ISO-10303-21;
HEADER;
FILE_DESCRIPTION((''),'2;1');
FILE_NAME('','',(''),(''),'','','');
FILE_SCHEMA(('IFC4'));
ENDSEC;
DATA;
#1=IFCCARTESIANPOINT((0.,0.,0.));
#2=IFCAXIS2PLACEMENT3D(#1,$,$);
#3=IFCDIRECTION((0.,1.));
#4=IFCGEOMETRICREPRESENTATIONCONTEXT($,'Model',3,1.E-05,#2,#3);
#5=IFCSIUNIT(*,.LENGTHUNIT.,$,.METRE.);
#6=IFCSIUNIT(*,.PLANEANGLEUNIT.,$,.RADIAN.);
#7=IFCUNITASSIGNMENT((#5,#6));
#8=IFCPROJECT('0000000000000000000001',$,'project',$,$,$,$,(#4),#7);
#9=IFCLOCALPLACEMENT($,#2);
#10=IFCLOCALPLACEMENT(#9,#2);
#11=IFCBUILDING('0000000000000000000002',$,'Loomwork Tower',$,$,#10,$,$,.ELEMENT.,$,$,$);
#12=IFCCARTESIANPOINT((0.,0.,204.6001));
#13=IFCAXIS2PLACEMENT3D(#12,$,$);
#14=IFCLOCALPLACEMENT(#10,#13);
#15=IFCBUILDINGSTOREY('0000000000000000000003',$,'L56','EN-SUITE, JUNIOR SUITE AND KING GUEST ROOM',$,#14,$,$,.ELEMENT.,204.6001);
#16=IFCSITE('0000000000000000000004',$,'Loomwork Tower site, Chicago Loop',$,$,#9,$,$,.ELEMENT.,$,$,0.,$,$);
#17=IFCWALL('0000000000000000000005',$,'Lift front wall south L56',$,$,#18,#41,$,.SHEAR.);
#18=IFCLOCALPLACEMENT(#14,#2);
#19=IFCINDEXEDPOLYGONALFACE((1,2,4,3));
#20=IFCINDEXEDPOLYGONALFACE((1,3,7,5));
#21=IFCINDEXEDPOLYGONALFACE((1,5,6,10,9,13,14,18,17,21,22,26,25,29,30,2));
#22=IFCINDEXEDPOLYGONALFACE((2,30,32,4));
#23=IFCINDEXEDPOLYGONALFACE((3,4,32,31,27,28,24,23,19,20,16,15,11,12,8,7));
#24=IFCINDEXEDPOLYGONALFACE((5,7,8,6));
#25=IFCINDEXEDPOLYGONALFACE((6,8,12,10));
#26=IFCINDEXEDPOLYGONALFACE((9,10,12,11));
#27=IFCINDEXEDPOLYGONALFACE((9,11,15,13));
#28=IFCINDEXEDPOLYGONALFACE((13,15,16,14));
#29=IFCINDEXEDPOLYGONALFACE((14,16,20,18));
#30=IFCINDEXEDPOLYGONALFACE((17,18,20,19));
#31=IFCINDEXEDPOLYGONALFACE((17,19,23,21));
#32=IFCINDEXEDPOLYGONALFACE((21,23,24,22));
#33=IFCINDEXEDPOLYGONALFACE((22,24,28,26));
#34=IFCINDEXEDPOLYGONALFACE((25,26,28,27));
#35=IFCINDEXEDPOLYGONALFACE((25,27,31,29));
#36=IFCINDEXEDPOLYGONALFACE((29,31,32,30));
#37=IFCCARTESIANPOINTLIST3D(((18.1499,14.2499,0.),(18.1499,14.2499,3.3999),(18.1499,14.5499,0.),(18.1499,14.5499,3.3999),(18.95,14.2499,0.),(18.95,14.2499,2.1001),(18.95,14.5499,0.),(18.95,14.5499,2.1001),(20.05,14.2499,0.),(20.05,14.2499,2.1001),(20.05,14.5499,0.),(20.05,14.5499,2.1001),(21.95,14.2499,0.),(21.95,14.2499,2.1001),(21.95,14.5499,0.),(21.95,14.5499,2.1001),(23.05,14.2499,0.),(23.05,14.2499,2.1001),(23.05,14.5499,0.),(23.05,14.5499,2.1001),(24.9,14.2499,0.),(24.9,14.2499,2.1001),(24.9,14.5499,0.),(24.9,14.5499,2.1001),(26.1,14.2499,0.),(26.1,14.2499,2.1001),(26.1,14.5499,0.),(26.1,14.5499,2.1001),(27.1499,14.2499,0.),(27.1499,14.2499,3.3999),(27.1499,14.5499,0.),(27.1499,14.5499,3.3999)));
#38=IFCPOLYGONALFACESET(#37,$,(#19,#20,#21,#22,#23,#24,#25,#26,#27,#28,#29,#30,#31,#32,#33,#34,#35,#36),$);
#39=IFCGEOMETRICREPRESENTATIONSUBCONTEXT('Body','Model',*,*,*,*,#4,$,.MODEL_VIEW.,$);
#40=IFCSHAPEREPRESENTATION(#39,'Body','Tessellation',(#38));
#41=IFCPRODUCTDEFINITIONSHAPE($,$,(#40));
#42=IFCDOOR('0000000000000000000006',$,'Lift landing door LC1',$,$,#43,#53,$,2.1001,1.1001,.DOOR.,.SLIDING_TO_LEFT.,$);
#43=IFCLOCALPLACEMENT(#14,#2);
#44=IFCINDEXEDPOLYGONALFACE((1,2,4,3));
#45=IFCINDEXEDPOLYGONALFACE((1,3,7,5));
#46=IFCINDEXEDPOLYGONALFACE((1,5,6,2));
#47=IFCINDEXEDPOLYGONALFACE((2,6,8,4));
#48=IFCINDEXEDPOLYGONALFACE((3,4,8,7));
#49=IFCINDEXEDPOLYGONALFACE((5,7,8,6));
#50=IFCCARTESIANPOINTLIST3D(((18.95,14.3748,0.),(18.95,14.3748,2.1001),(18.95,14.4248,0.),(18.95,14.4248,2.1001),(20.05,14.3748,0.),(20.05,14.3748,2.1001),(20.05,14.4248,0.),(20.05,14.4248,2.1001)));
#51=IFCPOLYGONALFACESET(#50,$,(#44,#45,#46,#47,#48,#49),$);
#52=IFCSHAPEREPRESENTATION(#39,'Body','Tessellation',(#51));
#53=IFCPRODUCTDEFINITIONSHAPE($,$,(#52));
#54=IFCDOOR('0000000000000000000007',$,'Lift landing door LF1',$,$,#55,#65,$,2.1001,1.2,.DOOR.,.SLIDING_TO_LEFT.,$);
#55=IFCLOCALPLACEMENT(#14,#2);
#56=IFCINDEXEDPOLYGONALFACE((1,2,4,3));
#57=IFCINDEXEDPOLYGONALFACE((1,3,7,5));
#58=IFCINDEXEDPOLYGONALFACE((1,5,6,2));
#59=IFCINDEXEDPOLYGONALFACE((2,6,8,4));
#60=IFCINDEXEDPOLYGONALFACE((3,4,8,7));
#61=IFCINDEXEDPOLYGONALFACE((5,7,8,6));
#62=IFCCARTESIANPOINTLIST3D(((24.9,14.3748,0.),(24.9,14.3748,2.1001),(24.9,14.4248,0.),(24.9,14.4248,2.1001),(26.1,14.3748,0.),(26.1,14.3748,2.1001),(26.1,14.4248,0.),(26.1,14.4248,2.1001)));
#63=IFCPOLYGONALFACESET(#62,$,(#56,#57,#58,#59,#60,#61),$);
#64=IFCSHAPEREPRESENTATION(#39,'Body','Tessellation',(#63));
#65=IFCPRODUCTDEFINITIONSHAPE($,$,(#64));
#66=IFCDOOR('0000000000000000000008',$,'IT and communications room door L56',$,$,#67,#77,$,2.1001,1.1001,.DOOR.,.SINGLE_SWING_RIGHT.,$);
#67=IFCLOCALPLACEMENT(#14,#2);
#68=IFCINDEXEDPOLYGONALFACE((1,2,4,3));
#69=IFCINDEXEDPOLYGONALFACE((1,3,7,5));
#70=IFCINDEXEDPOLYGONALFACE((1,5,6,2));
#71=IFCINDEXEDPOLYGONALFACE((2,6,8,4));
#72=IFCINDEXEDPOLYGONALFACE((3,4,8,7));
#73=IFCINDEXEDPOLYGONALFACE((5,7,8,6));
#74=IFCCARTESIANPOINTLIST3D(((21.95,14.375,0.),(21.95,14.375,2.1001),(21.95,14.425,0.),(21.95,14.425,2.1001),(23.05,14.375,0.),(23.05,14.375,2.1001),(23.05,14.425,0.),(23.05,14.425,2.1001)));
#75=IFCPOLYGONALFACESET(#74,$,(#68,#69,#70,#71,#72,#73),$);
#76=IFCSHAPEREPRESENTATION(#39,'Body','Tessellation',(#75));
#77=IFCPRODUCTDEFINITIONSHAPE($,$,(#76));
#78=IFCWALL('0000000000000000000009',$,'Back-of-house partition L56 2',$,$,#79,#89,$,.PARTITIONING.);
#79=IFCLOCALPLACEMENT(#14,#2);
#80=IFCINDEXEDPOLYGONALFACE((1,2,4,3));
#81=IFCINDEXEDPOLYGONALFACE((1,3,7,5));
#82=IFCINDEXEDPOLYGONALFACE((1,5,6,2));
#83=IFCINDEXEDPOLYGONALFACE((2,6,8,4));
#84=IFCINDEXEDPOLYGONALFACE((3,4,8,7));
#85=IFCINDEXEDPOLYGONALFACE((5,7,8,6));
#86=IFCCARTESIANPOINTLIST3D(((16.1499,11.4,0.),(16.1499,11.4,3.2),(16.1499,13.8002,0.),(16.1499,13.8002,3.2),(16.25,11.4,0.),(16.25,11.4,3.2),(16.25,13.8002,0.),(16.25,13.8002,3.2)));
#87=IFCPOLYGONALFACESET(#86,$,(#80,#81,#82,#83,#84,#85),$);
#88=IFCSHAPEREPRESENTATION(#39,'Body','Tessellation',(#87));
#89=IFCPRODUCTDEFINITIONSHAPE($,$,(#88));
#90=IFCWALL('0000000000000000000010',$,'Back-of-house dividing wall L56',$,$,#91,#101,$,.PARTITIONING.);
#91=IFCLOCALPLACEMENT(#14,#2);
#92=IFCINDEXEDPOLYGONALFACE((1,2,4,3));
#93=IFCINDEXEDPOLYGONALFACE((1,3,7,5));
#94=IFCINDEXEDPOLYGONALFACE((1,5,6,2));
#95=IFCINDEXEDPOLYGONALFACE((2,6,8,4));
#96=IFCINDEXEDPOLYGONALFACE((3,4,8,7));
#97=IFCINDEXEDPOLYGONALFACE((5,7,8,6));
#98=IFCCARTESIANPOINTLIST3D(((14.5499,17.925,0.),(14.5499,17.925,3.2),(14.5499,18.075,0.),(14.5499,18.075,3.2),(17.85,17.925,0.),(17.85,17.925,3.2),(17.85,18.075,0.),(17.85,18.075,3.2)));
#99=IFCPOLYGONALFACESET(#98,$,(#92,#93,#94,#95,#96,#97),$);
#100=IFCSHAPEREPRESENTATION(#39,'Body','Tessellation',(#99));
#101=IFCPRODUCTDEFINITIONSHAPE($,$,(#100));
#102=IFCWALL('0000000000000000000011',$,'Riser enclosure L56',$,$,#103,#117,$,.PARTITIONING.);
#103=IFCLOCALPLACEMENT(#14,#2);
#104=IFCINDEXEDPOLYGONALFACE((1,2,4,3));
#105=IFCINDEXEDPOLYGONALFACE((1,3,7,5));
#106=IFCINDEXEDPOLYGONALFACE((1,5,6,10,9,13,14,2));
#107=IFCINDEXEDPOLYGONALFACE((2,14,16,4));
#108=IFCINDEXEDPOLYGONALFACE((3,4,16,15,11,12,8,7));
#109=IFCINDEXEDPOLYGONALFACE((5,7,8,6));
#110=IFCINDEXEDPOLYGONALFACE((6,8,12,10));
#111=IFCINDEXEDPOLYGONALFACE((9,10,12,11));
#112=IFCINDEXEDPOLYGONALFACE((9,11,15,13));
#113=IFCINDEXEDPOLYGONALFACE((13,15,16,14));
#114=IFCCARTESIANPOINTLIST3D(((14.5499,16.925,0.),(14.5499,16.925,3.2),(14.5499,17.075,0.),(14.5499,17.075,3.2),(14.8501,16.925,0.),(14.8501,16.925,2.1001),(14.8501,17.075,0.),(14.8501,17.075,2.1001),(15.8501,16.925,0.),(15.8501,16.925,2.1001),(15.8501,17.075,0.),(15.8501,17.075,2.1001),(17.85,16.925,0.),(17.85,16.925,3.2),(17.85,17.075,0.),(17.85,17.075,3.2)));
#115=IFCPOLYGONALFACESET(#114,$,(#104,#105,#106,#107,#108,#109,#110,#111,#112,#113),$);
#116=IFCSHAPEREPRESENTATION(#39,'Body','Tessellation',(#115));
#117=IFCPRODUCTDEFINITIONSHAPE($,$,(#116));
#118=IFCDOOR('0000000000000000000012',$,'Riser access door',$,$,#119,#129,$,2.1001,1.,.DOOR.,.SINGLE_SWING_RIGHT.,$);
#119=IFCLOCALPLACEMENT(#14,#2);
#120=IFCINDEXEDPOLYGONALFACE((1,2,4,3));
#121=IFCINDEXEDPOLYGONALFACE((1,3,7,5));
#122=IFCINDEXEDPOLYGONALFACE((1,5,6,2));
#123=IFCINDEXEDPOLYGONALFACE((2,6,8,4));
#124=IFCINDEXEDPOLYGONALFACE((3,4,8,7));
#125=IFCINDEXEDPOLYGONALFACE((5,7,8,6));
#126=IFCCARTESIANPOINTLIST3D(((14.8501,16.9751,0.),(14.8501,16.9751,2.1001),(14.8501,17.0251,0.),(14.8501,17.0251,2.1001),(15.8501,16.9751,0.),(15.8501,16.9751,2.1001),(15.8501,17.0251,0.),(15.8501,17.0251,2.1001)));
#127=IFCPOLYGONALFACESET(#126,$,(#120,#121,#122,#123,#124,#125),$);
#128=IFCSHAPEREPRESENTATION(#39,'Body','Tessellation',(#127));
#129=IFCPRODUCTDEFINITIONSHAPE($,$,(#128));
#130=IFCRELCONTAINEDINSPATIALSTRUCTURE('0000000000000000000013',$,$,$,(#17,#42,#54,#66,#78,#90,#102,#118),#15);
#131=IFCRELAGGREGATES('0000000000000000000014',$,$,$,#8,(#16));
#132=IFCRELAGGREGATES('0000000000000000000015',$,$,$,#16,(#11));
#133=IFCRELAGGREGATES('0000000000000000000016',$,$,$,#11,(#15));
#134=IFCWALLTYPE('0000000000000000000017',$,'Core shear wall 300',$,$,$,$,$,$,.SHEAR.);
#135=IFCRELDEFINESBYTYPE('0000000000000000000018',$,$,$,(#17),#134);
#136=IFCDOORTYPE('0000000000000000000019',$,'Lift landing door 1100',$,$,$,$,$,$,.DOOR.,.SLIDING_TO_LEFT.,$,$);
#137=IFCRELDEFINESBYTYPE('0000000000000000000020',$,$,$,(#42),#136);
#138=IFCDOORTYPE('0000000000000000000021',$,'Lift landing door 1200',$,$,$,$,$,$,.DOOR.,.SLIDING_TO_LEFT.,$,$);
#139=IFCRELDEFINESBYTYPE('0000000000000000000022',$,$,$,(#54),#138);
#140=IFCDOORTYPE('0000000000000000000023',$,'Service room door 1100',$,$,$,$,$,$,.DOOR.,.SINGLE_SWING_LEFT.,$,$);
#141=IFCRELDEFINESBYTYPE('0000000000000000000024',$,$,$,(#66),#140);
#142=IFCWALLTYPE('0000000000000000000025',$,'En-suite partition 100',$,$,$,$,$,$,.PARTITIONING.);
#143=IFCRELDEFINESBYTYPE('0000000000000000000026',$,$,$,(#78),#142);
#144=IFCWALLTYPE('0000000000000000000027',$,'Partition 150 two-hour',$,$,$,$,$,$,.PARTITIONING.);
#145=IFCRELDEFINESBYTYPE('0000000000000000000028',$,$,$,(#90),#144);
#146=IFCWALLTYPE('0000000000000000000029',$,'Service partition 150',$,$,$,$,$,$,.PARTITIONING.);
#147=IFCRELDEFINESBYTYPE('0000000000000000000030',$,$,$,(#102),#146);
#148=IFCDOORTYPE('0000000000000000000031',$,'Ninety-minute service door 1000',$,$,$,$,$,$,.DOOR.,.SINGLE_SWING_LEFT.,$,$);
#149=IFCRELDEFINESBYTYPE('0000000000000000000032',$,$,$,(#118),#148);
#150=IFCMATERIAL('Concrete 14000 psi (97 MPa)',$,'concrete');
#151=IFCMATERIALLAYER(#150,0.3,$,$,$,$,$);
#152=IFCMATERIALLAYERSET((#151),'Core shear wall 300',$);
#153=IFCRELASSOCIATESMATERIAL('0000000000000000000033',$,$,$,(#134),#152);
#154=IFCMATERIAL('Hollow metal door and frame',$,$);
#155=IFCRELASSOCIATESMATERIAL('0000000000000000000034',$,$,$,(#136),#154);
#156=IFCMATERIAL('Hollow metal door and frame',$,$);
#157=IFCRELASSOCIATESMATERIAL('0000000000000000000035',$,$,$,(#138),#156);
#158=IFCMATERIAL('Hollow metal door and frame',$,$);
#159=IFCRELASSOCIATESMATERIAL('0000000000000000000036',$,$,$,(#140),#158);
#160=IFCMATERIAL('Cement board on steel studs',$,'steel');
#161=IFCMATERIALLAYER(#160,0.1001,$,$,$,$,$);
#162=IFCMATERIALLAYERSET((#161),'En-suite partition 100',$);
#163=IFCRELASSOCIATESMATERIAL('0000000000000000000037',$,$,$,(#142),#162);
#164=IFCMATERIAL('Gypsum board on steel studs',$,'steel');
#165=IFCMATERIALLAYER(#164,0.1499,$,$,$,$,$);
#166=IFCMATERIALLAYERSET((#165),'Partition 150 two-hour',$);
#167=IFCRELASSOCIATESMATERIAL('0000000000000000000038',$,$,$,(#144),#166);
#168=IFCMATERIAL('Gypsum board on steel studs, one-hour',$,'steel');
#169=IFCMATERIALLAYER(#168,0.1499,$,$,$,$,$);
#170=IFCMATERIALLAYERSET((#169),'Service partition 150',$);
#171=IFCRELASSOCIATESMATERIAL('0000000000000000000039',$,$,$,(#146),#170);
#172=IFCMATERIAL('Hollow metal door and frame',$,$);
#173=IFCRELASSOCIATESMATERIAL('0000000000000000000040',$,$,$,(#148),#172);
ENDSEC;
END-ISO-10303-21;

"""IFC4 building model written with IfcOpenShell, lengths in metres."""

from ifc_helpers import new_model, si_unit, direction, frame, frame_2d, origin, place, context, subcontext, project, spatial, rectangle, extrude, material, layer, layer_set, type_object, element, fill, save


model = new_model("IFC4")

# Units and contexts
model_context = context("Model", 3, precision=1e-05, world=origin(), true_north=direction((0.0, 1.0)))
body_context = subcontext(model_context, "Body", "Model", "MODEL_VIEW")
ifc_project = project(units=[si_unit("LENGTHUNIT", "METRE"), si_unit("PLANEANGLEUNIT", "RADIAN")], contexts=[model_context])

# Site, building, storey
site_placement = place(None, origin())
site = spatial("IfcSite", under=ifc_project, at=site_placement, Name="Loomwork Tower site, Chicago Loop", CompositionType="ELEMENT", RefElevation=0.0)
building_placement = place(site_placement, origin())
building = spatial("IfcBuilding", under=site, at=building_placement, Name="Loomwork Tower", CompositionType="ELEMENT")
storey_placement = place(building_placement, frame((0.0, 0.0, 204.6001)))
storey = spatial("IfcBuildingStorey", under=building, at=storey_placement, Name="L56", Description="EN-SUITE, JUNIOR SUITE AND KING GUEST ROOM", CompositionType="ELEMENT", Elevation=204.6001)

# Shared definitions
ifc_material_1 = material(Name="Concrete 14000 psi (97 MPa)", Category="concrete")
ifc_layer_1 = layer(ifc_material_1, 0.3)
ifc_layer_set_1 = layer_set([ifc_layer_1], Name="Core shear wall 300")
wall_type_1 = type_object("IfcWallType", Name="Core shear wall 300", PredefinedType="SHEAR", material=ifc_layer_set_1)

# Wall, openings, doors
ifc_material_2 = material(Name="Hollow metal door and frame")
door_type_1 = type_object("IfcDoorType", Name="Lift landing door 1100", OperationType="SLIDING_TO_LEFT", PredefinedType="DOOR", material=ifc_material_2)
wall_1_placement = place(storey_placement, frame((18.1499, 14.3999, 0.0), z_axis=(0.0, 0.0, 1.0), x_axis=(1.0, 0.0, 0.0)))
wall_1 = element("IfcWall", 1, at=wall_1_placement, inside=storey, type_object=wall_type_1, Name="Lift front wall south L56", PredefinedType="SHEAR", context=body_context, shape_type="SweptSolid", body=[
    extrude(rectangle(XDim=9.0, YDim=0.3, at=frame_2d((4.5, 0.0))), origin(), (0.0, 0.0, 1.0), 3.3999),
])
opening_1_placement = place(wall_1_placement, frame((0.8, 0.0, 0.0)))
opening_1 = element("IfcOpeningElement", 2, at=opening_1_placement, cuts=wall_1, PredefinedType="OPENING", context=body_context, shape_type="SweptSolid", body=[
    extrude(rectangle(XDim=1.1001, YDim=2.1001, at=frame_2d((0.55, 1.05))), frame((0.0, 0.1599, 0.0), z_axis=(0.0, -1.0, 0.0), x_axis=(1.0, 0.0, 0.0)), (0.0, 0.0, 1.0), 0.3201),
])
opening_2_placement = place(wall_1_placement, frame((6.75, 0.0, 0.0)))
opening_2 = element("IfcOpeningElement", 3, at=opening_2_placement, cuts=wall_1, PredefinedType="OPENING", context=body_context, shape_type="SweptSolid", body=[
    extrude(rectangle(XDim=1.2, YDim=2.1001, at=frame_2d((0.6001, 1.05))), frame((0.0, 0.1599, 0.0), z_axis=(0.0, -1.0, 0.0), x_axis=(1.0, 0.0, 0.0)), (0.0, 0.0, 1.0), 0.3201),
])
opening_3_placement = place(wall_1_placement, frame((3.8, 0.0, 0.0)))
opening_3 = element("IfcOpeningElement", 4, at=opening_3_placement, cuts=wall_1, PredefinedType="OPENING", context=body_context, shape_type="SweptSolid", body=[
    extrude(rectangle(XDim=1.1001, YDim=2.1001, at=frame_2d((0.55, 1.05))), frame((0.0, 0.1599, 0.0), z_axis=(0.0, -1.0, 0.0), x_axis=(1.0, 0.0, 0.0)), (0.0, 0.0, 1.0), 0.3201),
])
door_1_placement = place(opening_1_placement, origin())
door_1 = element("IfcDoor", 5, at=door_1_placement, inside=storey, type_object=door_type_1, Name="Lift landing door LC1", OperationType="SLIDING_TO_LEFT", OverallHeight=2.1001, OverallWidth=1.1001, PredefinedType="DOOR", context=body_context, shape_type="SweptSolid", body=[
    extrude(rectangle(XDim=1.1001, YDim=2.1001, at=frame_2d((0.55, 1.05))), frame((0.0, 0.0249, 0.0), z_axis=(0.0, -1.0, 0.0), x_axis=(1.0, 0.0, 0.0)), (0.0, 0.0, 1.0), 0.05),
])
fill(opening_1, door_1)
ifc_material_3 = material(Name="Hollow metal door and frame")
door_type_2 = type_object("IfcDoorType", Name="Lift landing door 1200", OperationType="SLIDING_TO_LEFT", PredefinedType="DOOR", material=ifc_material_3)
door_2_placement = place(opening_2_placement, origin())
door_2 = element("IfcDoor", 6, at=door_2_placement, inside=storey, type_object=door_type_2, Name="Lift landing door LF1", OperationType="SLIDING_TO_LEFT", OverallHeight=2.1001, OverallWidth=1.2, PredefinedType="DOOR", context=body_context, shape_type="SweptSolid", body=[
    extrude(rectangle(XDim=1.2, YDim=2.1001, at=frame_2d((0.6001, 1.05))), frame((0.0, 0.0249, 0.0), z_axis=(0.0, -1.0, 0.0), x_axis=(1.0, 0.0, 0.0)), (0.0, 0.0, 1.0), 0.05),
])
fill(opening_2, door_2)
ifc_material_4 = material(Name="Hollow metal door and frame")
door_type_3 = type_object("IfcDoorType", Name="Service room door 1100", OperationType="SINGLE_SWING_LEFT", PredefinedType="DOOR", material=ifc_material_4)
door_3_placement = place(opening_3_placement, frame((1.1001, 0.0, 0.0), z_axis=(0.0, 0.0, 1.0), x_axis=(-1.0, 0.0, 0.0)))
door_3 = element("IfcDoor", 7, at=door_3_placement, inside=storey, type_object=door_type_3, Name="IT and communications room door L56", OperationType="SINGLE_SWING_RIGHT", OverallHeight=2.1001, OverallWidth=1.1001, PredefinedType="DOOR", context=body_context, shape_type="SweptSolid", body=[
    extrude(rectangle(XDim=1.1001, YDim=2.1001, at=frame_2d((0.55, 1.05))), frame((0.0, 0.0249, 0.0), z_axis=(0.0, -1.0, 0.0), x_axis=(1.0, 0.0, 0.0)), (0.0, 0.0, 1.0), 0.05),
])
fill(opening_3, door_3)

# Walls
ifc_material_5 = material(Name="Cement board on steel studs", Category="steel")
ifc_layer_2 = layer(ifc_material_5, 0.1001)
ifc_layer_set_2 = layer_set([ifc_layer_2], Name="En-suite partition 100")
wall_type_2 = type_object("IfcWallType", Name="En-suite partition 100", PredefinedType="PARTITIONING", material=ifc_layer_set_2)
wall_2_placement = place(storey_placement, frame((16.2, 11.3999, 0.0), z_axis=(0.0, 0.0, 1.0), x_axis=(0.0, 1.0, 0.0)))
element("IfcWall", 8, at=wall_2_placement, inside=storey, type_object=wall_type_2, Name="Back-of-house partition L56 2", PredefinedType="PARTITIONING", context=body_context, shape_type="SweptSolid", body=[
    extrude(rectangle(XDim=2.4001, YDim=0.1001, at=frame_2d((1.2002, 0.0))), origin(), (0.0, 0.0, 1.0), 3.2),
])
ifc_material_6 = material(Name="Gypsum board on steel studs", Category="steel")
ifc_layer_3 = layer(ifc_material_6, 0.1499)
ifc_layer_set_3 = layer_set([ifc_layer_3], Name="Partition 150 two-hour")
wall_type_3 = type_object("IfcWallType", Name="Partition 150 two-hour", PredefinedType="PARTITIONING", material=ifc_layer_set_3)
wall_3_placement = place(storey_placement, frame((14.55, 18.0, 0.0), z_axis=(0.0, 0.0, 1.0), x_axis=(1.0, 0.0, 0.0)))
element("IfcWall", 9, at=wall_3_placement, inside=storey, type_object=wall_type_3, Name="Back-of-house dividing wall L56", PredefinedType="PARTITIONING", context=body_context, shape_type="SweptSolid", body=[
    extrude(rectangle(XDim=3.3, YDim=0.1499, at=frame_2d((1.6499, 0.0))), origin(), (0.0, 0.0, 1.0), 3.2),
])

# Wall, opening, door
ifc_material_7 = material(Name="Gypsum board on steel studs, one-hour", Category="steel")
ifc_layer_4 = layer(ifc_material_7, 0.1499)
ifc_layer_set_4 = layer_set([ifc_layer_4], Name="Service partition 150")
wall_type_4 = type_object("IfcWallType", Name="Service partition 150", PredefinedType="PARTITIONING", material=ifc_layer_set_4)
wall_4_placement = place(storey_placement, frame((14.55, 17.0, 0.0), z_axis=(0.0, 0.0, 1.0), x_axis=(1.0, 0.0, 0.0)))
wall_4 = element("IfcWall", 10, at=wall_4_placement, inside=storey, type_object=wall_type_4, Name="Riser enclosure L56", PredefinedType="PARTITIONING", context=body_context, shape_type="SweptSolid", body=[
    extrude(rectangle(XDim=3.3, YDim=0.1499, at=frame_2d((1.6499, 0.0))), origin(), (0.0, 0.0, 1.0), 3.2),
])
opening_4_placement = place(wall_4_placement, frame((0.3, 0.0, 0.0)))
opening_4 = element("IfcOpeningElement", 11, at=opening_4_placement, cuts=wall_4, PredefinedType="OPENING", context=body_context, shape_type="SweptSolid", body=[
    extrude(rectangle(XDim=1.0, YDim=2.1001, at=frame_2d((0.5, 1.05))), frame((0.0, 0.085, 0.0), z_axis=(0.0, -1.0, 0.0), x_axis=(1.0, 0.0, 0.0)), (0.0, 0.0, 1.0), 0.1699),
])
ifc_material_8 = material(Name="Hollow metal door and frame")
door_type_4 = type_object("IfcDoorType", Name="Ninety-minute service door 1000", OperationType="SINGLE_SWING_LEFT", PredefinedType="DOOR", material=ifc_material_8)
door_4_placement = place(opening_4_placement, frame((1.0, 0.0, 0.0), z_axis=(0.0, 0.0, 1.0), x_axis=(-1.0, 0.0, 0.0)))
door_4 = element("IfcDoor", 12, at=door_4_placement, inside=storey, type_object=door_type_4, Name="Riser access door", OperationType="SINGLE_SWING_RIGHT", OverallHeight=2.1001, OverallWidth=1.0, PredefinedType="DOOR", context=body_context, shape_type="SweptSolid", body=[
    extrude(rectangle(XDim=1.0, YDim=2.1001, at=frame_2d((0.5, 1.05))), frame((0.0, 0.0249, 0.0), z_axis=(0.0, -1.0, 0.0), x_axis=(1.0, 0.0, 0.0)), (0.0, 0.0, 1.0), 0.05),
])
fill(opening_4, door_4)

save(model, "model.ifc")
